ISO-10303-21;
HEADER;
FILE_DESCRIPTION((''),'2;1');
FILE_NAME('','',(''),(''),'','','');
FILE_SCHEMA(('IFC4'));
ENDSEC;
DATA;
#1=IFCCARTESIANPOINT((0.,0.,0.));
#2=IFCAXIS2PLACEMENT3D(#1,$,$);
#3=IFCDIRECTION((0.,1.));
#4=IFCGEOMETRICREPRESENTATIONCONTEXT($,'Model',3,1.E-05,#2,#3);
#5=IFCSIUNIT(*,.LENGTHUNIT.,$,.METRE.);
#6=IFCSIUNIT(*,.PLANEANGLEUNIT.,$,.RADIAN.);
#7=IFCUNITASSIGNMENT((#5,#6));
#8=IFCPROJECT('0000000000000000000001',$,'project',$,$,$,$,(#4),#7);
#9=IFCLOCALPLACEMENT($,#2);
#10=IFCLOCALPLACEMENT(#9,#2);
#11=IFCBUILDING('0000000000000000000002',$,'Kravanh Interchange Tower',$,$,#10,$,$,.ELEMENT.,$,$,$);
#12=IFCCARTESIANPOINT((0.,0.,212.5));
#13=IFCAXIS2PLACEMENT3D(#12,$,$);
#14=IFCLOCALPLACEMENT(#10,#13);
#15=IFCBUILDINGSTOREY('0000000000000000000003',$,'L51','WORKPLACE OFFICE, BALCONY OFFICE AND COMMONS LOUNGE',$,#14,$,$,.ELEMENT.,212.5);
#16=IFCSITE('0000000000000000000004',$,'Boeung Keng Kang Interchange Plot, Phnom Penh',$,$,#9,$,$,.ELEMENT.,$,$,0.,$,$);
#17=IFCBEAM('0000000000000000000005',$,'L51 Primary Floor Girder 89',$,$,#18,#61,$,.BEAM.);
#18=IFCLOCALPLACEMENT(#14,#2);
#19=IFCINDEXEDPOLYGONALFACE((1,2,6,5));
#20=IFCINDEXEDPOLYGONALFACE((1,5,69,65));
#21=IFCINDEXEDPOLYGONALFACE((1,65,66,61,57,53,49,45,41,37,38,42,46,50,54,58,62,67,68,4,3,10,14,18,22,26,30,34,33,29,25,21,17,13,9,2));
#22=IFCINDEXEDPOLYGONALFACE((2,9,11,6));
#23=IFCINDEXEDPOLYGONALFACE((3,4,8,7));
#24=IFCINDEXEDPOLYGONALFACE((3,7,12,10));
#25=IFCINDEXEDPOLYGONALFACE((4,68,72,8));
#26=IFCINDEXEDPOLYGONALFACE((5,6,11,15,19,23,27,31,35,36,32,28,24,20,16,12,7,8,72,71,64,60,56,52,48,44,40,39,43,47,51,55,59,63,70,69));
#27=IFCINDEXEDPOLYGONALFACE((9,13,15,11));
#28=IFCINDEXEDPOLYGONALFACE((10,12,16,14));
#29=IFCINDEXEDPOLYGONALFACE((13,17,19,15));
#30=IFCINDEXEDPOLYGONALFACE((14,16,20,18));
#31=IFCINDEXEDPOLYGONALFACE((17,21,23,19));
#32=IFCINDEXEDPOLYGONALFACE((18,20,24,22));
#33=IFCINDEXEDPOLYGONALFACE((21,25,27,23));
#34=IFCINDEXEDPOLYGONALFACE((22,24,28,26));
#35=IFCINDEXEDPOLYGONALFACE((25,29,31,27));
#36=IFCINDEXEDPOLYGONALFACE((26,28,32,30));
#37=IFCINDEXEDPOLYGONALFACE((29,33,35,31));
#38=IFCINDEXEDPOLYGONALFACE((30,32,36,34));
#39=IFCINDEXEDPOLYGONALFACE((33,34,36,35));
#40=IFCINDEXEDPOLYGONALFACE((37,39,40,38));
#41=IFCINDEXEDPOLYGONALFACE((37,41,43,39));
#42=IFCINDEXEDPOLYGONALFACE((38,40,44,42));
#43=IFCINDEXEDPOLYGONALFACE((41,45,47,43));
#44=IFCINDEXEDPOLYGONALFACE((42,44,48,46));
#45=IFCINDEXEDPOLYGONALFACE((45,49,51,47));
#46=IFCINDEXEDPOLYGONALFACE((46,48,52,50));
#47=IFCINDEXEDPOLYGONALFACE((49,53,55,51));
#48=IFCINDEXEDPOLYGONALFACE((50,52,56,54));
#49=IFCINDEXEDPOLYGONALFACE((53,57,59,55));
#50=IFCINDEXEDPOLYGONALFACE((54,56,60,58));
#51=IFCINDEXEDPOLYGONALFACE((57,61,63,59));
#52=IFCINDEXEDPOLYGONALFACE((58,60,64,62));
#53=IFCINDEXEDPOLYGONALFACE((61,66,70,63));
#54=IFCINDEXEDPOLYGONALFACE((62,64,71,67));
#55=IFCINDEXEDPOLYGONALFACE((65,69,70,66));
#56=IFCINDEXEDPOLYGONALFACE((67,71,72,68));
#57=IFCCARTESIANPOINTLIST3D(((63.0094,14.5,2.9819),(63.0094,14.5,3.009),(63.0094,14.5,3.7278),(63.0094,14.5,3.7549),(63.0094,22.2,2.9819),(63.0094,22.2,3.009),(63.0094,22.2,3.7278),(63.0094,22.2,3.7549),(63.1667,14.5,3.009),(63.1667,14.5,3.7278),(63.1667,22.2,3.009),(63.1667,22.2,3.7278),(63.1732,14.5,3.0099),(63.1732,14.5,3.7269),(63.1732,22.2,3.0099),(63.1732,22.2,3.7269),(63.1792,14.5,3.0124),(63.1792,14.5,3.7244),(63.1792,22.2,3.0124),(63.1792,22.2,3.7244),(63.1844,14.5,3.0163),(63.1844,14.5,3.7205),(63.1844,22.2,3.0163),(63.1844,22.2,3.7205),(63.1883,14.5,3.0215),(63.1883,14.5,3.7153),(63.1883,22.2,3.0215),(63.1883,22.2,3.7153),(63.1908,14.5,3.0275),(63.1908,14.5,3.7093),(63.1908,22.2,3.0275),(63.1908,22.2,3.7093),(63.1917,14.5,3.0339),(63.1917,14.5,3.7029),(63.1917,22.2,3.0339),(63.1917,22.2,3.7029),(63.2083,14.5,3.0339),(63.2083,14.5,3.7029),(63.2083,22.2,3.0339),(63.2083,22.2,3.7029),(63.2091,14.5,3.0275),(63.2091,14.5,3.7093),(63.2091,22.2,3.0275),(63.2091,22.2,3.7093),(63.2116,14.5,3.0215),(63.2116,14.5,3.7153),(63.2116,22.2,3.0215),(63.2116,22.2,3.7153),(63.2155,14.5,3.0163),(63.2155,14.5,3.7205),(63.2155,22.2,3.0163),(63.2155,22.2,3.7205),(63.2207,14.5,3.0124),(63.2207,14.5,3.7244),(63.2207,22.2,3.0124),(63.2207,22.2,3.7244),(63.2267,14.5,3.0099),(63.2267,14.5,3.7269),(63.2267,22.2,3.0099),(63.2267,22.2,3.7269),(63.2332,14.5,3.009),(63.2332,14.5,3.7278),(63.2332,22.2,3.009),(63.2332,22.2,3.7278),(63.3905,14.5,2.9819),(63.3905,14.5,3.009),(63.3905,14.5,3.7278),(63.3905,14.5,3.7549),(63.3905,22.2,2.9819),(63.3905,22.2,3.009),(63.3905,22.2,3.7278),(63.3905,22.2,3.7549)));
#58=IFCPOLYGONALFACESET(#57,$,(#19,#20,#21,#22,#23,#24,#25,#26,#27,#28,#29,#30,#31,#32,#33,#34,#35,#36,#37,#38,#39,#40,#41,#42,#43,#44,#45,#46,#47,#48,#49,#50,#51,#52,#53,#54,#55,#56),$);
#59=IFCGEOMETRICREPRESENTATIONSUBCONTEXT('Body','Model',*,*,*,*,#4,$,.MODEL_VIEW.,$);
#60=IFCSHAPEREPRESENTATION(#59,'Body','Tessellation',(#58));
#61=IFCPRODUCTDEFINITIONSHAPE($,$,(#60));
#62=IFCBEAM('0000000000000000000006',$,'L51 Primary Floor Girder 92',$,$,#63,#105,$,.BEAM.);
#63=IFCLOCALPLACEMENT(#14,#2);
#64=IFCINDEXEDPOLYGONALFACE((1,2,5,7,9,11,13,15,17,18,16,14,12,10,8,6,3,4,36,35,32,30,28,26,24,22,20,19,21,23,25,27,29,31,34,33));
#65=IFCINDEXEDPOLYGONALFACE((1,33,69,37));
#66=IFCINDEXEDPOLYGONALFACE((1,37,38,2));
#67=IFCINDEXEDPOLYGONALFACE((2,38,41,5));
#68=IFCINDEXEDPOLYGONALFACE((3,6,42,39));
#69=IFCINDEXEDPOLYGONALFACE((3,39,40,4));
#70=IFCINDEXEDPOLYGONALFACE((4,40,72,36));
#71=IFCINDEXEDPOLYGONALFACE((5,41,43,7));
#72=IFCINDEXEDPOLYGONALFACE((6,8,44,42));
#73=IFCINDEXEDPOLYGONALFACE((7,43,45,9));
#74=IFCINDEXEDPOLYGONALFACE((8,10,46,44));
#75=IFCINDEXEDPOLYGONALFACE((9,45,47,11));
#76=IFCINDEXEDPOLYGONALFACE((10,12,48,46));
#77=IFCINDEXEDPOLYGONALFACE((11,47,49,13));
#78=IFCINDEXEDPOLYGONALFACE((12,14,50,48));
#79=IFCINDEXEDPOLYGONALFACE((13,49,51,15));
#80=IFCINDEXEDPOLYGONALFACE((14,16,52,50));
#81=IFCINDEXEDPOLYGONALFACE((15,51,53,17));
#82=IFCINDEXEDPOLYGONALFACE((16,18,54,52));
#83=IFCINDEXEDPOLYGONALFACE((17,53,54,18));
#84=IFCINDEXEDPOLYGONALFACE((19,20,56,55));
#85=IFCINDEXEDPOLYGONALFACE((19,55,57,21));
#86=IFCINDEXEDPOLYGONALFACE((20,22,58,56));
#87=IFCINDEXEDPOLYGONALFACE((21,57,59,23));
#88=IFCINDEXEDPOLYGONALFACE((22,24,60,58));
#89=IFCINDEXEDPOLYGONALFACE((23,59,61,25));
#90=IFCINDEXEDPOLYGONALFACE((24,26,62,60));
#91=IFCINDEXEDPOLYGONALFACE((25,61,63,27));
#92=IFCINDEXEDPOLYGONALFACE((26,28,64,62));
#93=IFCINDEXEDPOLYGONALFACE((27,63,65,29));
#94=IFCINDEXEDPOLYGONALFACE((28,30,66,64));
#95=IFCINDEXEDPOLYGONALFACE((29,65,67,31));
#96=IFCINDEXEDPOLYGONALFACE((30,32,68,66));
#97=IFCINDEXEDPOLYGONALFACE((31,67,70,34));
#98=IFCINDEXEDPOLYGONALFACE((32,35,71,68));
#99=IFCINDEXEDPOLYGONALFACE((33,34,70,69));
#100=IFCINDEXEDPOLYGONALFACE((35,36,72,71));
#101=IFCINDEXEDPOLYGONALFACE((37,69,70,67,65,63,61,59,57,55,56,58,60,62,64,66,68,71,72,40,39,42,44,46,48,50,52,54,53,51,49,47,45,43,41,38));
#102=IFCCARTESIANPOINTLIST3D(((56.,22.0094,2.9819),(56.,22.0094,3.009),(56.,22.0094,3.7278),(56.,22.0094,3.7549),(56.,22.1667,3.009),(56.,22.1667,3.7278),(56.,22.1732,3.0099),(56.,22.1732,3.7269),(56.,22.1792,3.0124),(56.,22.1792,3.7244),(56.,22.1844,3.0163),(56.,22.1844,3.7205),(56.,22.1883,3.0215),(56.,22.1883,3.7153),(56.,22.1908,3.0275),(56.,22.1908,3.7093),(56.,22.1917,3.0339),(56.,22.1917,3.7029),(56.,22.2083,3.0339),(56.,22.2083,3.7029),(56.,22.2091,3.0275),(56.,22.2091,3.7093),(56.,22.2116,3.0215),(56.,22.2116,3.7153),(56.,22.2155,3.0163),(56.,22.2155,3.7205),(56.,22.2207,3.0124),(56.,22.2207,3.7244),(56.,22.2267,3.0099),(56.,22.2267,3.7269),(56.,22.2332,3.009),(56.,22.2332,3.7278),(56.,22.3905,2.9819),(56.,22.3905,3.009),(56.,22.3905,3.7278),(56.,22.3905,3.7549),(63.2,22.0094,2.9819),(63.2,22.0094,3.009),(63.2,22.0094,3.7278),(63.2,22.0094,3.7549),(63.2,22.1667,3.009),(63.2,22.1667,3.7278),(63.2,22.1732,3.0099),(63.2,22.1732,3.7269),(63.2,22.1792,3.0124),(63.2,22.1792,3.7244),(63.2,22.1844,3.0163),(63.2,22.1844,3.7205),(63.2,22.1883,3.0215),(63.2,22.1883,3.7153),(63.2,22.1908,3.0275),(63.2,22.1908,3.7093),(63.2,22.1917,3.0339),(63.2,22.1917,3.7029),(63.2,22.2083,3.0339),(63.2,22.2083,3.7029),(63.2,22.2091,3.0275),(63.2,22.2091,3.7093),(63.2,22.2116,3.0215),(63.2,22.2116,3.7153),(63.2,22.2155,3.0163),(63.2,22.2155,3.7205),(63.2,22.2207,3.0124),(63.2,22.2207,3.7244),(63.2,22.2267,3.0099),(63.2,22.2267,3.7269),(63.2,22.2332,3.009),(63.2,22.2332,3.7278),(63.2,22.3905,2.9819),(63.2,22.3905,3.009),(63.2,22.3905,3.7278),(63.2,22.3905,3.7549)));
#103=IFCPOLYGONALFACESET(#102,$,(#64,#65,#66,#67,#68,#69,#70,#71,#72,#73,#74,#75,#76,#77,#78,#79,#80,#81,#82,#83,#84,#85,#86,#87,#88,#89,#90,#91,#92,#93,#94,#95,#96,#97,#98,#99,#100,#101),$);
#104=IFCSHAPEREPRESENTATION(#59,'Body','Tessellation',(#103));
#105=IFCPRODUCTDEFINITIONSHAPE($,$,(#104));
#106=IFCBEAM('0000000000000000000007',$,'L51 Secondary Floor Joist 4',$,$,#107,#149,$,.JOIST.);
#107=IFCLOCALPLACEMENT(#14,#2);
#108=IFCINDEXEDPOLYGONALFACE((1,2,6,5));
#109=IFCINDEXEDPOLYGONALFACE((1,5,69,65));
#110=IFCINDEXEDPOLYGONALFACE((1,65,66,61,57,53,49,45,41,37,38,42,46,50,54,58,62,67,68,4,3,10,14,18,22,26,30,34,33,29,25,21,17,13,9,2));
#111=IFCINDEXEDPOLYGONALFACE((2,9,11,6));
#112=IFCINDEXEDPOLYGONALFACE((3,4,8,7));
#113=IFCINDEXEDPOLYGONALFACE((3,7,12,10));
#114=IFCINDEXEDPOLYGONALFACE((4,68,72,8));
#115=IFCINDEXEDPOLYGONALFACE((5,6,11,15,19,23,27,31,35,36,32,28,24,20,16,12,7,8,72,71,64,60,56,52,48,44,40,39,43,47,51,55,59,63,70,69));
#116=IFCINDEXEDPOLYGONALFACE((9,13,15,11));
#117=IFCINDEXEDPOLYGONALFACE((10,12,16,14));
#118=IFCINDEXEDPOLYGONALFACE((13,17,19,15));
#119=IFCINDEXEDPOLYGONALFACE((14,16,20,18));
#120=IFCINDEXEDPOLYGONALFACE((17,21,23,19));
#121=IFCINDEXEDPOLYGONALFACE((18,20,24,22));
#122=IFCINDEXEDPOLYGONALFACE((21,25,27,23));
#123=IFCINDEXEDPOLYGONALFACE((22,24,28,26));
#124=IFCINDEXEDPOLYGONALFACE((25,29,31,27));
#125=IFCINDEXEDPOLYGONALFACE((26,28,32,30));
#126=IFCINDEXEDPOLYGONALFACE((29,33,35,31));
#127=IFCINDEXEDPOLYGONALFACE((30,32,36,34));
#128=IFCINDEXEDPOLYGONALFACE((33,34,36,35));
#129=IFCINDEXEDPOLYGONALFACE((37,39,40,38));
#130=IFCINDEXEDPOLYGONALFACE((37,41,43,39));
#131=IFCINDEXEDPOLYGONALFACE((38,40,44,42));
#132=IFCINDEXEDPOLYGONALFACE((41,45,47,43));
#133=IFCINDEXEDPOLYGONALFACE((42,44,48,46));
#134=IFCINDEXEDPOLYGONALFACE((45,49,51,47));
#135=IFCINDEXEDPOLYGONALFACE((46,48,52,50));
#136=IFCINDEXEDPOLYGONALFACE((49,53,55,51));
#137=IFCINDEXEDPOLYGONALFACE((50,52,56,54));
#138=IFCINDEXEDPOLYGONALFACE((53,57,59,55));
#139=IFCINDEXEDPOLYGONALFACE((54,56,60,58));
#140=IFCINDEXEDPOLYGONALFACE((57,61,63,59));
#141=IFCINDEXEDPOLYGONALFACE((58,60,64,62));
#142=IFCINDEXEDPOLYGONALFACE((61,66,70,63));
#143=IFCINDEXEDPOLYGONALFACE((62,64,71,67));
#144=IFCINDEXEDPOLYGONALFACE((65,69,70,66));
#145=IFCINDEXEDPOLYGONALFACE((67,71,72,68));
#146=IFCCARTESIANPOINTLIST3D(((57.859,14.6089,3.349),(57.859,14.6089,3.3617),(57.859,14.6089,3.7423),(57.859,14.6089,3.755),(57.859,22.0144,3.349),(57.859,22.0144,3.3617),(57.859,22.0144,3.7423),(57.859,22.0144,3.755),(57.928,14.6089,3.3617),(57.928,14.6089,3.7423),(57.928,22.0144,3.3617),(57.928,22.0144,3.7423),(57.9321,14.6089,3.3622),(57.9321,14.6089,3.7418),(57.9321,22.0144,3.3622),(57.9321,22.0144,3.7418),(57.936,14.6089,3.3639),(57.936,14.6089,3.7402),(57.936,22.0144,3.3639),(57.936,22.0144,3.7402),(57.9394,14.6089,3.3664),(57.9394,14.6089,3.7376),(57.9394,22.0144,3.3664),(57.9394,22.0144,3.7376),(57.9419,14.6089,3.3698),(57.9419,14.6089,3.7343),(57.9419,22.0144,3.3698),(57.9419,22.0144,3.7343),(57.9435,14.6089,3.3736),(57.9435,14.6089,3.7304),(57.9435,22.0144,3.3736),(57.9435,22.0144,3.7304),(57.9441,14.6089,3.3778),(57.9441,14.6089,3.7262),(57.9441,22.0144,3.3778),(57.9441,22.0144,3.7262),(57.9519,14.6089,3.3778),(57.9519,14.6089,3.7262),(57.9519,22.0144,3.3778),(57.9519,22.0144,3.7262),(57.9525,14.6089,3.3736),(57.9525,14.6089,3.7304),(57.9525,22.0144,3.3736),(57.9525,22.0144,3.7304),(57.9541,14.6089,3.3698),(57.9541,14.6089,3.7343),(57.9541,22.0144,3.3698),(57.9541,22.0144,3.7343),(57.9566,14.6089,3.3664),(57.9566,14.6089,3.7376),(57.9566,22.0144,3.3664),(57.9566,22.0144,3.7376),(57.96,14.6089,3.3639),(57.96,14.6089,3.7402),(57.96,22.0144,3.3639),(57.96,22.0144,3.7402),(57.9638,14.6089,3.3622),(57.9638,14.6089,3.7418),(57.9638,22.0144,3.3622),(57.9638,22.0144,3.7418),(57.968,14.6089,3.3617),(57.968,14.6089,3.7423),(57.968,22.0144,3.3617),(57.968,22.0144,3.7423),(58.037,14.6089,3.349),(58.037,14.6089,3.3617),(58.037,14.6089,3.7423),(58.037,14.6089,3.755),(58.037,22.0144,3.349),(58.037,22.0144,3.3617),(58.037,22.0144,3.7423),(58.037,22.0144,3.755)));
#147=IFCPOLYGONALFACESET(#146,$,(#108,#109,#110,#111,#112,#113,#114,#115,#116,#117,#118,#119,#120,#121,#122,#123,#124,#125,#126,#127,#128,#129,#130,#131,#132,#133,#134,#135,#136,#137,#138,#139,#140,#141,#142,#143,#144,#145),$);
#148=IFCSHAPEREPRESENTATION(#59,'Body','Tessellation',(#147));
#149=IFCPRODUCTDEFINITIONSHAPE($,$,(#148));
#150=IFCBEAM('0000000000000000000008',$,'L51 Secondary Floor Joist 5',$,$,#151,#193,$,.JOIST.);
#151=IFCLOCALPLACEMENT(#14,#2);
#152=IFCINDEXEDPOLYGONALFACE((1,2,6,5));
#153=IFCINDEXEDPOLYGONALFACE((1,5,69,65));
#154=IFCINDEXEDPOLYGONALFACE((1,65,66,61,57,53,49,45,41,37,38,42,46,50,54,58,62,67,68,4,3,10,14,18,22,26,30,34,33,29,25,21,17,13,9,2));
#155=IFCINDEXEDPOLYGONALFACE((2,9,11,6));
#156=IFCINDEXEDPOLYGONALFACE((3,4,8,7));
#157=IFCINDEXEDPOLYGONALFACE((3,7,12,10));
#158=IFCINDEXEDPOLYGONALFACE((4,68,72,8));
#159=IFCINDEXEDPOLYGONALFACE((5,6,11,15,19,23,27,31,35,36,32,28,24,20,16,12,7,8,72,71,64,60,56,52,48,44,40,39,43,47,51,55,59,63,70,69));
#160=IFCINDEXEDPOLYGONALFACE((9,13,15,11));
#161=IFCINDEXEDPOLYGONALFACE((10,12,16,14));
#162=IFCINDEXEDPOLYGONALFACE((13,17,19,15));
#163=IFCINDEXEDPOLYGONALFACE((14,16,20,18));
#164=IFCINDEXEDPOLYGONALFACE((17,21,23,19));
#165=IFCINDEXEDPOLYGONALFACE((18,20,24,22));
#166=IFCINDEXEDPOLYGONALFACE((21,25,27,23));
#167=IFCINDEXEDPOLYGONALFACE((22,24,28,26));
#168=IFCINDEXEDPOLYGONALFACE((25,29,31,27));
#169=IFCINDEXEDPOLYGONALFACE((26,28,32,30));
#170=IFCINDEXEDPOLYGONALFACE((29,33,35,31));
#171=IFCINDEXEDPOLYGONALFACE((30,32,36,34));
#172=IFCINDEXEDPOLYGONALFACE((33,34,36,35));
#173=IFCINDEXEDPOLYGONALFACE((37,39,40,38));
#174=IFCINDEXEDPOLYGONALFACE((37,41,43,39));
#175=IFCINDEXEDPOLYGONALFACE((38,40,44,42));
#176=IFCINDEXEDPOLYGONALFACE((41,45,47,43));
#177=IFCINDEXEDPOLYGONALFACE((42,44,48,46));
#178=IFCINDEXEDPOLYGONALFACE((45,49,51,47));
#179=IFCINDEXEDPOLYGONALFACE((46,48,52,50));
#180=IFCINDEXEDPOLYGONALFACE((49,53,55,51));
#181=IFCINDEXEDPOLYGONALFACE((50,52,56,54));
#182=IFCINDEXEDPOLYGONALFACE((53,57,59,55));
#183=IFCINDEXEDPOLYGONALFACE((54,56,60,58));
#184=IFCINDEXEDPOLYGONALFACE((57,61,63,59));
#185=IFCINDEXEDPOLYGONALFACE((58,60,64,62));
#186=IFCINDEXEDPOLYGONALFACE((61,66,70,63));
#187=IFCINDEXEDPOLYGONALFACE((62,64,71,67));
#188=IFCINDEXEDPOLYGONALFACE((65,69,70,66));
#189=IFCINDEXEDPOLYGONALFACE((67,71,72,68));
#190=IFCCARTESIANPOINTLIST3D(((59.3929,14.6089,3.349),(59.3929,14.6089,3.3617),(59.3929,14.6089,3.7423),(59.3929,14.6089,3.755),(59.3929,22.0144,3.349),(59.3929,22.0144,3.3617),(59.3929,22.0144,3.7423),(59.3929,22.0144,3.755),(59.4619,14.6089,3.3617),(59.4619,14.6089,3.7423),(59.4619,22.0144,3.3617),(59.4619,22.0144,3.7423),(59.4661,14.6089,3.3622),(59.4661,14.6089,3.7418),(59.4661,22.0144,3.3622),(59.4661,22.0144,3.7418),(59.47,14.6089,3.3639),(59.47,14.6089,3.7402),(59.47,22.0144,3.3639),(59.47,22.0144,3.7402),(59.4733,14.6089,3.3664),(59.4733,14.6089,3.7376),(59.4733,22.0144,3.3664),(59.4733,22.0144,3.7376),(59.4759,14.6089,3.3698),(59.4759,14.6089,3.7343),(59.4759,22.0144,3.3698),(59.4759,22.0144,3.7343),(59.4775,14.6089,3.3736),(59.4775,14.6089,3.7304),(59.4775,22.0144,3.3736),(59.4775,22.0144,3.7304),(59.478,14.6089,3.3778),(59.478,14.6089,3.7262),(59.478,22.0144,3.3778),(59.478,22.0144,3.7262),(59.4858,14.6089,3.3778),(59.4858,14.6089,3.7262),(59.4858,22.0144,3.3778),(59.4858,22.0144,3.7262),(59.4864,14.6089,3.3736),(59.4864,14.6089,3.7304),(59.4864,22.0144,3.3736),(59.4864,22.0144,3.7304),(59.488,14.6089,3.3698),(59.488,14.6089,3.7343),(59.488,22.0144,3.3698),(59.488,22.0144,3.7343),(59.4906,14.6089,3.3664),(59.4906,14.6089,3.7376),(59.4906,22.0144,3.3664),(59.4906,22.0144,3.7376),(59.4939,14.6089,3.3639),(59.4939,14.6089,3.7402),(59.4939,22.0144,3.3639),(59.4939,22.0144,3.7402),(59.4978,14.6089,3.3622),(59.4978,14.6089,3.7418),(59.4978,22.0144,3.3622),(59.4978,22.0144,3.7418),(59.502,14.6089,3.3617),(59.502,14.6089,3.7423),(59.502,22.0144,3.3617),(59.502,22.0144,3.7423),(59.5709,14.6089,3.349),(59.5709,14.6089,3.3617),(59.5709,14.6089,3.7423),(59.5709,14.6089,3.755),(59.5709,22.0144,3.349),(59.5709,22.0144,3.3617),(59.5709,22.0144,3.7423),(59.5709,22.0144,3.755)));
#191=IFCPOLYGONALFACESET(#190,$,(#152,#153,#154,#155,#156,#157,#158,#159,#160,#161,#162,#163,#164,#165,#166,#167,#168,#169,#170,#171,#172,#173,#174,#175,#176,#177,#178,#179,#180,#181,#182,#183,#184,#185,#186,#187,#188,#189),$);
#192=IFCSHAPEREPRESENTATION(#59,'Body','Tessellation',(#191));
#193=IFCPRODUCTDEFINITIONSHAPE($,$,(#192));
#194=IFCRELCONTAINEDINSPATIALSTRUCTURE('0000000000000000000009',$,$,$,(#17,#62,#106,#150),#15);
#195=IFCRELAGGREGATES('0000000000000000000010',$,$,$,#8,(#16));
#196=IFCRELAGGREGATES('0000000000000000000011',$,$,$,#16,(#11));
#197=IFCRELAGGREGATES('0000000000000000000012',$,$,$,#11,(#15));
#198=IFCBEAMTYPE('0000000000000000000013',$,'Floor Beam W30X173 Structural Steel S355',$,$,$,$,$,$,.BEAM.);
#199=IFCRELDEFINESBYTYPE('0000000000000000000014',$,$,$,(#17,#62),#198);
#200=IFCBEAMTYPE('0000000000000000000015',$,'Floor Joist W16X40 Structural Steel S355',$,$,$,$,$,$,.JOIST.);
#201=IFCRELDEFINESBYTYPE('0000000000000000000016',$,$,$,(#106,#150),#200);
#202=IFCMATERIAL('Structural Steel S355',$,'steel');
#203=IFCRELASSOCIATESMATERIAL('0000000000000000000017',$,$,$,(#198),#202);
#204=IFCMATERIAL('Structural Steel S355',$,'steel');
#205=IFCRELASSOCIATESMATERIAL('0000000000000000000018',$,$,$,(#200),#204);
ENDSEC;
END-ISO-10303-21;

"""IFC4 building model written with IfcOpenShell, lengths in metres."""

from ifc_helpers import new_model, si_unit, direction, frame, origin, origin_2d, place, context, subcontext, project, spatial, i_section, extrude, material, material_profile, profile_set, type_object, element, save


model = new_model("IFC4")

# Units and contexts
model_context = context("Model", 3, precision=1e-05, world=origin(), true_north=direction((0.0, 1.0)))
body_context = subcontext(model_context, "Body", "Model", "MODEL_VIEW")
ifc_project = project(units=[si_unit("LENGTHUNIT", "METRE"), si_unit("PLANEANGLEUNIT", "RADIAN")], contexts=[model_context])

# Site, building, storey
site_placement = place(None, origin())
site = spatial("IfcSite", under=ifc_project, at=site_placement, Name="Boeung Keng Kang Interchange Plot, Phnom Penh", CompositionType="ELEMENT", RefElevation=0.0)
building_placement = place(site_placement, origin())
building = spatial("IfcBuilding", under=site, at=building_placement, Name="Kravanh Interchange Tower", CompositionType="ELEMENT")
storey_placement = place(building_placement, frame((0.0, 0.0, 212.5)))
storey = spatial("IfcBuildingStorey", under=building, at=storey_placement, Name="L51", Description="WORKPLACE OFFICE, BALCONY OFFICE AND COMMONS LOUNGE", CompositionType="ELEMENT", Elevation=212.5)

# Beams
ifc_material_1 = material(Name="Structural Steel S355", Category="steel")
ifc_material_profile_1 = material_profile(ifc_material_1, i_section(OverallWidth=0.3811, OverallDepth=0.7729, WebThickness=0.0166, FlangeThickness=0.0271, FilletRadius=0.0249, at=origin_2d()), Name="W30X173")
ifc_profile_set_1 = profile_set([ifc_material_profile_1], Name="Structural Steel S355")
beam_type_1 = type_object("IfcBeamType", Name="Floor Beam W30X173 Structural Steel S355", PredefinedType="BEAM", material=ifc_profile_set_1)
beam_1_placement = place(storey_placement, frame((63.2, 14.5, 3.3684), z_axis=(0.0, 1.0, 0.0), x_axis=(-1.0, 0.0, 0.0)))
element("IfcBeam", 1, at=beam_1_placement, inside=storey, type_object=beam_type_1, Name="L51 Primary Floor Girder 89", PredefinedType="BEAM", context=body_context, shape_type="SweptSolid", body=[
    extrude(i_section(OverallWidth=0.3811, OverallDepth=0.7729, WebThickness=0.0166, FlangeThickness=0.0271, FilletRadius=0.0249, at=origin_2d()), origin(), (0.0, 0.0, 1.0), 7.7),
])
beam_2_placement = place(storey_placement, frame((56.0, 22.2, 3.3684), z_axis=(1.0, 0.0, 0.0), x_axis=(0.0, 1.0, 0.0)))
element("IfcBeam", 2, at=beam_2_placement, inside=storey, type_object=beam_type_1, Name="L51 Primary Floor Girder 92", PredefinedType="BEAM", context=body_context, shape_type="SweptSolid", body=[
    extrude(i_section(OverallWidth=0.3811, OverallDepth=0.7729, WebThickness=0.0166, FlangeThickness=0.0271, FilletRadius=0.0249, at=origin_2d()), origin(), (0.0, 0.0, 1.0), 7.2),
])
ifc_material_2 = material(Name="Structural Steel S355", Category="steel")
ifc_material_profile_2 = material_profile(ifc_material_2, i_section(OverallWidth=0.178, OverallDepth=0.406, WebThickness=0.0078, FlangeThickness=0.0127, FilletRadius=0.0161, at=origin_2d()), Name="W16X40")
ifc_profile_set_2 = profile_set([ifc_material_profile_2], Name="Structural Steel S355")
beam_type_2 = type_object("IfcBeamType", Name="Floor Joist W16X40 Structural Steel S355", PredefinedType="JOIST", material=ifc_profile_set_2)
for number, where, z_axis, x_axis, name in (
    (3, (57.948, 14.6089, 3.552), (0.0, 1.0, 0.0), (-1.0, 0.0, 0.0), "L51 Secondary Floor Joist 4"),
    (4, (59.4819, 14.6089, 3.552), (0.0, 1.0, 0.0), (-1.0, 0.0, 0.0), "L51 Secondary Floor Joist 5"),
):
    element("IfcBeam", number, at=place(storey_placement, frame(where, z_axis=z_axis, x_axis=x_axis)), inside=storey, type_object=beam_type_2, Name=name, PredefinedType="JOIST", context=body_context, shape_type="SweptSolid", body=[
        extrude(i_section(OverallWidth=0.178, OverallDepth=0.406, WebThickness=0.0078, FlangeThickness=0.0127, FilletRadius=0.0161, at=origin_2d()), origin(), (0.0, 0.0, 1.0), 7.4055),
    ])

save(model, "model.ifc")
